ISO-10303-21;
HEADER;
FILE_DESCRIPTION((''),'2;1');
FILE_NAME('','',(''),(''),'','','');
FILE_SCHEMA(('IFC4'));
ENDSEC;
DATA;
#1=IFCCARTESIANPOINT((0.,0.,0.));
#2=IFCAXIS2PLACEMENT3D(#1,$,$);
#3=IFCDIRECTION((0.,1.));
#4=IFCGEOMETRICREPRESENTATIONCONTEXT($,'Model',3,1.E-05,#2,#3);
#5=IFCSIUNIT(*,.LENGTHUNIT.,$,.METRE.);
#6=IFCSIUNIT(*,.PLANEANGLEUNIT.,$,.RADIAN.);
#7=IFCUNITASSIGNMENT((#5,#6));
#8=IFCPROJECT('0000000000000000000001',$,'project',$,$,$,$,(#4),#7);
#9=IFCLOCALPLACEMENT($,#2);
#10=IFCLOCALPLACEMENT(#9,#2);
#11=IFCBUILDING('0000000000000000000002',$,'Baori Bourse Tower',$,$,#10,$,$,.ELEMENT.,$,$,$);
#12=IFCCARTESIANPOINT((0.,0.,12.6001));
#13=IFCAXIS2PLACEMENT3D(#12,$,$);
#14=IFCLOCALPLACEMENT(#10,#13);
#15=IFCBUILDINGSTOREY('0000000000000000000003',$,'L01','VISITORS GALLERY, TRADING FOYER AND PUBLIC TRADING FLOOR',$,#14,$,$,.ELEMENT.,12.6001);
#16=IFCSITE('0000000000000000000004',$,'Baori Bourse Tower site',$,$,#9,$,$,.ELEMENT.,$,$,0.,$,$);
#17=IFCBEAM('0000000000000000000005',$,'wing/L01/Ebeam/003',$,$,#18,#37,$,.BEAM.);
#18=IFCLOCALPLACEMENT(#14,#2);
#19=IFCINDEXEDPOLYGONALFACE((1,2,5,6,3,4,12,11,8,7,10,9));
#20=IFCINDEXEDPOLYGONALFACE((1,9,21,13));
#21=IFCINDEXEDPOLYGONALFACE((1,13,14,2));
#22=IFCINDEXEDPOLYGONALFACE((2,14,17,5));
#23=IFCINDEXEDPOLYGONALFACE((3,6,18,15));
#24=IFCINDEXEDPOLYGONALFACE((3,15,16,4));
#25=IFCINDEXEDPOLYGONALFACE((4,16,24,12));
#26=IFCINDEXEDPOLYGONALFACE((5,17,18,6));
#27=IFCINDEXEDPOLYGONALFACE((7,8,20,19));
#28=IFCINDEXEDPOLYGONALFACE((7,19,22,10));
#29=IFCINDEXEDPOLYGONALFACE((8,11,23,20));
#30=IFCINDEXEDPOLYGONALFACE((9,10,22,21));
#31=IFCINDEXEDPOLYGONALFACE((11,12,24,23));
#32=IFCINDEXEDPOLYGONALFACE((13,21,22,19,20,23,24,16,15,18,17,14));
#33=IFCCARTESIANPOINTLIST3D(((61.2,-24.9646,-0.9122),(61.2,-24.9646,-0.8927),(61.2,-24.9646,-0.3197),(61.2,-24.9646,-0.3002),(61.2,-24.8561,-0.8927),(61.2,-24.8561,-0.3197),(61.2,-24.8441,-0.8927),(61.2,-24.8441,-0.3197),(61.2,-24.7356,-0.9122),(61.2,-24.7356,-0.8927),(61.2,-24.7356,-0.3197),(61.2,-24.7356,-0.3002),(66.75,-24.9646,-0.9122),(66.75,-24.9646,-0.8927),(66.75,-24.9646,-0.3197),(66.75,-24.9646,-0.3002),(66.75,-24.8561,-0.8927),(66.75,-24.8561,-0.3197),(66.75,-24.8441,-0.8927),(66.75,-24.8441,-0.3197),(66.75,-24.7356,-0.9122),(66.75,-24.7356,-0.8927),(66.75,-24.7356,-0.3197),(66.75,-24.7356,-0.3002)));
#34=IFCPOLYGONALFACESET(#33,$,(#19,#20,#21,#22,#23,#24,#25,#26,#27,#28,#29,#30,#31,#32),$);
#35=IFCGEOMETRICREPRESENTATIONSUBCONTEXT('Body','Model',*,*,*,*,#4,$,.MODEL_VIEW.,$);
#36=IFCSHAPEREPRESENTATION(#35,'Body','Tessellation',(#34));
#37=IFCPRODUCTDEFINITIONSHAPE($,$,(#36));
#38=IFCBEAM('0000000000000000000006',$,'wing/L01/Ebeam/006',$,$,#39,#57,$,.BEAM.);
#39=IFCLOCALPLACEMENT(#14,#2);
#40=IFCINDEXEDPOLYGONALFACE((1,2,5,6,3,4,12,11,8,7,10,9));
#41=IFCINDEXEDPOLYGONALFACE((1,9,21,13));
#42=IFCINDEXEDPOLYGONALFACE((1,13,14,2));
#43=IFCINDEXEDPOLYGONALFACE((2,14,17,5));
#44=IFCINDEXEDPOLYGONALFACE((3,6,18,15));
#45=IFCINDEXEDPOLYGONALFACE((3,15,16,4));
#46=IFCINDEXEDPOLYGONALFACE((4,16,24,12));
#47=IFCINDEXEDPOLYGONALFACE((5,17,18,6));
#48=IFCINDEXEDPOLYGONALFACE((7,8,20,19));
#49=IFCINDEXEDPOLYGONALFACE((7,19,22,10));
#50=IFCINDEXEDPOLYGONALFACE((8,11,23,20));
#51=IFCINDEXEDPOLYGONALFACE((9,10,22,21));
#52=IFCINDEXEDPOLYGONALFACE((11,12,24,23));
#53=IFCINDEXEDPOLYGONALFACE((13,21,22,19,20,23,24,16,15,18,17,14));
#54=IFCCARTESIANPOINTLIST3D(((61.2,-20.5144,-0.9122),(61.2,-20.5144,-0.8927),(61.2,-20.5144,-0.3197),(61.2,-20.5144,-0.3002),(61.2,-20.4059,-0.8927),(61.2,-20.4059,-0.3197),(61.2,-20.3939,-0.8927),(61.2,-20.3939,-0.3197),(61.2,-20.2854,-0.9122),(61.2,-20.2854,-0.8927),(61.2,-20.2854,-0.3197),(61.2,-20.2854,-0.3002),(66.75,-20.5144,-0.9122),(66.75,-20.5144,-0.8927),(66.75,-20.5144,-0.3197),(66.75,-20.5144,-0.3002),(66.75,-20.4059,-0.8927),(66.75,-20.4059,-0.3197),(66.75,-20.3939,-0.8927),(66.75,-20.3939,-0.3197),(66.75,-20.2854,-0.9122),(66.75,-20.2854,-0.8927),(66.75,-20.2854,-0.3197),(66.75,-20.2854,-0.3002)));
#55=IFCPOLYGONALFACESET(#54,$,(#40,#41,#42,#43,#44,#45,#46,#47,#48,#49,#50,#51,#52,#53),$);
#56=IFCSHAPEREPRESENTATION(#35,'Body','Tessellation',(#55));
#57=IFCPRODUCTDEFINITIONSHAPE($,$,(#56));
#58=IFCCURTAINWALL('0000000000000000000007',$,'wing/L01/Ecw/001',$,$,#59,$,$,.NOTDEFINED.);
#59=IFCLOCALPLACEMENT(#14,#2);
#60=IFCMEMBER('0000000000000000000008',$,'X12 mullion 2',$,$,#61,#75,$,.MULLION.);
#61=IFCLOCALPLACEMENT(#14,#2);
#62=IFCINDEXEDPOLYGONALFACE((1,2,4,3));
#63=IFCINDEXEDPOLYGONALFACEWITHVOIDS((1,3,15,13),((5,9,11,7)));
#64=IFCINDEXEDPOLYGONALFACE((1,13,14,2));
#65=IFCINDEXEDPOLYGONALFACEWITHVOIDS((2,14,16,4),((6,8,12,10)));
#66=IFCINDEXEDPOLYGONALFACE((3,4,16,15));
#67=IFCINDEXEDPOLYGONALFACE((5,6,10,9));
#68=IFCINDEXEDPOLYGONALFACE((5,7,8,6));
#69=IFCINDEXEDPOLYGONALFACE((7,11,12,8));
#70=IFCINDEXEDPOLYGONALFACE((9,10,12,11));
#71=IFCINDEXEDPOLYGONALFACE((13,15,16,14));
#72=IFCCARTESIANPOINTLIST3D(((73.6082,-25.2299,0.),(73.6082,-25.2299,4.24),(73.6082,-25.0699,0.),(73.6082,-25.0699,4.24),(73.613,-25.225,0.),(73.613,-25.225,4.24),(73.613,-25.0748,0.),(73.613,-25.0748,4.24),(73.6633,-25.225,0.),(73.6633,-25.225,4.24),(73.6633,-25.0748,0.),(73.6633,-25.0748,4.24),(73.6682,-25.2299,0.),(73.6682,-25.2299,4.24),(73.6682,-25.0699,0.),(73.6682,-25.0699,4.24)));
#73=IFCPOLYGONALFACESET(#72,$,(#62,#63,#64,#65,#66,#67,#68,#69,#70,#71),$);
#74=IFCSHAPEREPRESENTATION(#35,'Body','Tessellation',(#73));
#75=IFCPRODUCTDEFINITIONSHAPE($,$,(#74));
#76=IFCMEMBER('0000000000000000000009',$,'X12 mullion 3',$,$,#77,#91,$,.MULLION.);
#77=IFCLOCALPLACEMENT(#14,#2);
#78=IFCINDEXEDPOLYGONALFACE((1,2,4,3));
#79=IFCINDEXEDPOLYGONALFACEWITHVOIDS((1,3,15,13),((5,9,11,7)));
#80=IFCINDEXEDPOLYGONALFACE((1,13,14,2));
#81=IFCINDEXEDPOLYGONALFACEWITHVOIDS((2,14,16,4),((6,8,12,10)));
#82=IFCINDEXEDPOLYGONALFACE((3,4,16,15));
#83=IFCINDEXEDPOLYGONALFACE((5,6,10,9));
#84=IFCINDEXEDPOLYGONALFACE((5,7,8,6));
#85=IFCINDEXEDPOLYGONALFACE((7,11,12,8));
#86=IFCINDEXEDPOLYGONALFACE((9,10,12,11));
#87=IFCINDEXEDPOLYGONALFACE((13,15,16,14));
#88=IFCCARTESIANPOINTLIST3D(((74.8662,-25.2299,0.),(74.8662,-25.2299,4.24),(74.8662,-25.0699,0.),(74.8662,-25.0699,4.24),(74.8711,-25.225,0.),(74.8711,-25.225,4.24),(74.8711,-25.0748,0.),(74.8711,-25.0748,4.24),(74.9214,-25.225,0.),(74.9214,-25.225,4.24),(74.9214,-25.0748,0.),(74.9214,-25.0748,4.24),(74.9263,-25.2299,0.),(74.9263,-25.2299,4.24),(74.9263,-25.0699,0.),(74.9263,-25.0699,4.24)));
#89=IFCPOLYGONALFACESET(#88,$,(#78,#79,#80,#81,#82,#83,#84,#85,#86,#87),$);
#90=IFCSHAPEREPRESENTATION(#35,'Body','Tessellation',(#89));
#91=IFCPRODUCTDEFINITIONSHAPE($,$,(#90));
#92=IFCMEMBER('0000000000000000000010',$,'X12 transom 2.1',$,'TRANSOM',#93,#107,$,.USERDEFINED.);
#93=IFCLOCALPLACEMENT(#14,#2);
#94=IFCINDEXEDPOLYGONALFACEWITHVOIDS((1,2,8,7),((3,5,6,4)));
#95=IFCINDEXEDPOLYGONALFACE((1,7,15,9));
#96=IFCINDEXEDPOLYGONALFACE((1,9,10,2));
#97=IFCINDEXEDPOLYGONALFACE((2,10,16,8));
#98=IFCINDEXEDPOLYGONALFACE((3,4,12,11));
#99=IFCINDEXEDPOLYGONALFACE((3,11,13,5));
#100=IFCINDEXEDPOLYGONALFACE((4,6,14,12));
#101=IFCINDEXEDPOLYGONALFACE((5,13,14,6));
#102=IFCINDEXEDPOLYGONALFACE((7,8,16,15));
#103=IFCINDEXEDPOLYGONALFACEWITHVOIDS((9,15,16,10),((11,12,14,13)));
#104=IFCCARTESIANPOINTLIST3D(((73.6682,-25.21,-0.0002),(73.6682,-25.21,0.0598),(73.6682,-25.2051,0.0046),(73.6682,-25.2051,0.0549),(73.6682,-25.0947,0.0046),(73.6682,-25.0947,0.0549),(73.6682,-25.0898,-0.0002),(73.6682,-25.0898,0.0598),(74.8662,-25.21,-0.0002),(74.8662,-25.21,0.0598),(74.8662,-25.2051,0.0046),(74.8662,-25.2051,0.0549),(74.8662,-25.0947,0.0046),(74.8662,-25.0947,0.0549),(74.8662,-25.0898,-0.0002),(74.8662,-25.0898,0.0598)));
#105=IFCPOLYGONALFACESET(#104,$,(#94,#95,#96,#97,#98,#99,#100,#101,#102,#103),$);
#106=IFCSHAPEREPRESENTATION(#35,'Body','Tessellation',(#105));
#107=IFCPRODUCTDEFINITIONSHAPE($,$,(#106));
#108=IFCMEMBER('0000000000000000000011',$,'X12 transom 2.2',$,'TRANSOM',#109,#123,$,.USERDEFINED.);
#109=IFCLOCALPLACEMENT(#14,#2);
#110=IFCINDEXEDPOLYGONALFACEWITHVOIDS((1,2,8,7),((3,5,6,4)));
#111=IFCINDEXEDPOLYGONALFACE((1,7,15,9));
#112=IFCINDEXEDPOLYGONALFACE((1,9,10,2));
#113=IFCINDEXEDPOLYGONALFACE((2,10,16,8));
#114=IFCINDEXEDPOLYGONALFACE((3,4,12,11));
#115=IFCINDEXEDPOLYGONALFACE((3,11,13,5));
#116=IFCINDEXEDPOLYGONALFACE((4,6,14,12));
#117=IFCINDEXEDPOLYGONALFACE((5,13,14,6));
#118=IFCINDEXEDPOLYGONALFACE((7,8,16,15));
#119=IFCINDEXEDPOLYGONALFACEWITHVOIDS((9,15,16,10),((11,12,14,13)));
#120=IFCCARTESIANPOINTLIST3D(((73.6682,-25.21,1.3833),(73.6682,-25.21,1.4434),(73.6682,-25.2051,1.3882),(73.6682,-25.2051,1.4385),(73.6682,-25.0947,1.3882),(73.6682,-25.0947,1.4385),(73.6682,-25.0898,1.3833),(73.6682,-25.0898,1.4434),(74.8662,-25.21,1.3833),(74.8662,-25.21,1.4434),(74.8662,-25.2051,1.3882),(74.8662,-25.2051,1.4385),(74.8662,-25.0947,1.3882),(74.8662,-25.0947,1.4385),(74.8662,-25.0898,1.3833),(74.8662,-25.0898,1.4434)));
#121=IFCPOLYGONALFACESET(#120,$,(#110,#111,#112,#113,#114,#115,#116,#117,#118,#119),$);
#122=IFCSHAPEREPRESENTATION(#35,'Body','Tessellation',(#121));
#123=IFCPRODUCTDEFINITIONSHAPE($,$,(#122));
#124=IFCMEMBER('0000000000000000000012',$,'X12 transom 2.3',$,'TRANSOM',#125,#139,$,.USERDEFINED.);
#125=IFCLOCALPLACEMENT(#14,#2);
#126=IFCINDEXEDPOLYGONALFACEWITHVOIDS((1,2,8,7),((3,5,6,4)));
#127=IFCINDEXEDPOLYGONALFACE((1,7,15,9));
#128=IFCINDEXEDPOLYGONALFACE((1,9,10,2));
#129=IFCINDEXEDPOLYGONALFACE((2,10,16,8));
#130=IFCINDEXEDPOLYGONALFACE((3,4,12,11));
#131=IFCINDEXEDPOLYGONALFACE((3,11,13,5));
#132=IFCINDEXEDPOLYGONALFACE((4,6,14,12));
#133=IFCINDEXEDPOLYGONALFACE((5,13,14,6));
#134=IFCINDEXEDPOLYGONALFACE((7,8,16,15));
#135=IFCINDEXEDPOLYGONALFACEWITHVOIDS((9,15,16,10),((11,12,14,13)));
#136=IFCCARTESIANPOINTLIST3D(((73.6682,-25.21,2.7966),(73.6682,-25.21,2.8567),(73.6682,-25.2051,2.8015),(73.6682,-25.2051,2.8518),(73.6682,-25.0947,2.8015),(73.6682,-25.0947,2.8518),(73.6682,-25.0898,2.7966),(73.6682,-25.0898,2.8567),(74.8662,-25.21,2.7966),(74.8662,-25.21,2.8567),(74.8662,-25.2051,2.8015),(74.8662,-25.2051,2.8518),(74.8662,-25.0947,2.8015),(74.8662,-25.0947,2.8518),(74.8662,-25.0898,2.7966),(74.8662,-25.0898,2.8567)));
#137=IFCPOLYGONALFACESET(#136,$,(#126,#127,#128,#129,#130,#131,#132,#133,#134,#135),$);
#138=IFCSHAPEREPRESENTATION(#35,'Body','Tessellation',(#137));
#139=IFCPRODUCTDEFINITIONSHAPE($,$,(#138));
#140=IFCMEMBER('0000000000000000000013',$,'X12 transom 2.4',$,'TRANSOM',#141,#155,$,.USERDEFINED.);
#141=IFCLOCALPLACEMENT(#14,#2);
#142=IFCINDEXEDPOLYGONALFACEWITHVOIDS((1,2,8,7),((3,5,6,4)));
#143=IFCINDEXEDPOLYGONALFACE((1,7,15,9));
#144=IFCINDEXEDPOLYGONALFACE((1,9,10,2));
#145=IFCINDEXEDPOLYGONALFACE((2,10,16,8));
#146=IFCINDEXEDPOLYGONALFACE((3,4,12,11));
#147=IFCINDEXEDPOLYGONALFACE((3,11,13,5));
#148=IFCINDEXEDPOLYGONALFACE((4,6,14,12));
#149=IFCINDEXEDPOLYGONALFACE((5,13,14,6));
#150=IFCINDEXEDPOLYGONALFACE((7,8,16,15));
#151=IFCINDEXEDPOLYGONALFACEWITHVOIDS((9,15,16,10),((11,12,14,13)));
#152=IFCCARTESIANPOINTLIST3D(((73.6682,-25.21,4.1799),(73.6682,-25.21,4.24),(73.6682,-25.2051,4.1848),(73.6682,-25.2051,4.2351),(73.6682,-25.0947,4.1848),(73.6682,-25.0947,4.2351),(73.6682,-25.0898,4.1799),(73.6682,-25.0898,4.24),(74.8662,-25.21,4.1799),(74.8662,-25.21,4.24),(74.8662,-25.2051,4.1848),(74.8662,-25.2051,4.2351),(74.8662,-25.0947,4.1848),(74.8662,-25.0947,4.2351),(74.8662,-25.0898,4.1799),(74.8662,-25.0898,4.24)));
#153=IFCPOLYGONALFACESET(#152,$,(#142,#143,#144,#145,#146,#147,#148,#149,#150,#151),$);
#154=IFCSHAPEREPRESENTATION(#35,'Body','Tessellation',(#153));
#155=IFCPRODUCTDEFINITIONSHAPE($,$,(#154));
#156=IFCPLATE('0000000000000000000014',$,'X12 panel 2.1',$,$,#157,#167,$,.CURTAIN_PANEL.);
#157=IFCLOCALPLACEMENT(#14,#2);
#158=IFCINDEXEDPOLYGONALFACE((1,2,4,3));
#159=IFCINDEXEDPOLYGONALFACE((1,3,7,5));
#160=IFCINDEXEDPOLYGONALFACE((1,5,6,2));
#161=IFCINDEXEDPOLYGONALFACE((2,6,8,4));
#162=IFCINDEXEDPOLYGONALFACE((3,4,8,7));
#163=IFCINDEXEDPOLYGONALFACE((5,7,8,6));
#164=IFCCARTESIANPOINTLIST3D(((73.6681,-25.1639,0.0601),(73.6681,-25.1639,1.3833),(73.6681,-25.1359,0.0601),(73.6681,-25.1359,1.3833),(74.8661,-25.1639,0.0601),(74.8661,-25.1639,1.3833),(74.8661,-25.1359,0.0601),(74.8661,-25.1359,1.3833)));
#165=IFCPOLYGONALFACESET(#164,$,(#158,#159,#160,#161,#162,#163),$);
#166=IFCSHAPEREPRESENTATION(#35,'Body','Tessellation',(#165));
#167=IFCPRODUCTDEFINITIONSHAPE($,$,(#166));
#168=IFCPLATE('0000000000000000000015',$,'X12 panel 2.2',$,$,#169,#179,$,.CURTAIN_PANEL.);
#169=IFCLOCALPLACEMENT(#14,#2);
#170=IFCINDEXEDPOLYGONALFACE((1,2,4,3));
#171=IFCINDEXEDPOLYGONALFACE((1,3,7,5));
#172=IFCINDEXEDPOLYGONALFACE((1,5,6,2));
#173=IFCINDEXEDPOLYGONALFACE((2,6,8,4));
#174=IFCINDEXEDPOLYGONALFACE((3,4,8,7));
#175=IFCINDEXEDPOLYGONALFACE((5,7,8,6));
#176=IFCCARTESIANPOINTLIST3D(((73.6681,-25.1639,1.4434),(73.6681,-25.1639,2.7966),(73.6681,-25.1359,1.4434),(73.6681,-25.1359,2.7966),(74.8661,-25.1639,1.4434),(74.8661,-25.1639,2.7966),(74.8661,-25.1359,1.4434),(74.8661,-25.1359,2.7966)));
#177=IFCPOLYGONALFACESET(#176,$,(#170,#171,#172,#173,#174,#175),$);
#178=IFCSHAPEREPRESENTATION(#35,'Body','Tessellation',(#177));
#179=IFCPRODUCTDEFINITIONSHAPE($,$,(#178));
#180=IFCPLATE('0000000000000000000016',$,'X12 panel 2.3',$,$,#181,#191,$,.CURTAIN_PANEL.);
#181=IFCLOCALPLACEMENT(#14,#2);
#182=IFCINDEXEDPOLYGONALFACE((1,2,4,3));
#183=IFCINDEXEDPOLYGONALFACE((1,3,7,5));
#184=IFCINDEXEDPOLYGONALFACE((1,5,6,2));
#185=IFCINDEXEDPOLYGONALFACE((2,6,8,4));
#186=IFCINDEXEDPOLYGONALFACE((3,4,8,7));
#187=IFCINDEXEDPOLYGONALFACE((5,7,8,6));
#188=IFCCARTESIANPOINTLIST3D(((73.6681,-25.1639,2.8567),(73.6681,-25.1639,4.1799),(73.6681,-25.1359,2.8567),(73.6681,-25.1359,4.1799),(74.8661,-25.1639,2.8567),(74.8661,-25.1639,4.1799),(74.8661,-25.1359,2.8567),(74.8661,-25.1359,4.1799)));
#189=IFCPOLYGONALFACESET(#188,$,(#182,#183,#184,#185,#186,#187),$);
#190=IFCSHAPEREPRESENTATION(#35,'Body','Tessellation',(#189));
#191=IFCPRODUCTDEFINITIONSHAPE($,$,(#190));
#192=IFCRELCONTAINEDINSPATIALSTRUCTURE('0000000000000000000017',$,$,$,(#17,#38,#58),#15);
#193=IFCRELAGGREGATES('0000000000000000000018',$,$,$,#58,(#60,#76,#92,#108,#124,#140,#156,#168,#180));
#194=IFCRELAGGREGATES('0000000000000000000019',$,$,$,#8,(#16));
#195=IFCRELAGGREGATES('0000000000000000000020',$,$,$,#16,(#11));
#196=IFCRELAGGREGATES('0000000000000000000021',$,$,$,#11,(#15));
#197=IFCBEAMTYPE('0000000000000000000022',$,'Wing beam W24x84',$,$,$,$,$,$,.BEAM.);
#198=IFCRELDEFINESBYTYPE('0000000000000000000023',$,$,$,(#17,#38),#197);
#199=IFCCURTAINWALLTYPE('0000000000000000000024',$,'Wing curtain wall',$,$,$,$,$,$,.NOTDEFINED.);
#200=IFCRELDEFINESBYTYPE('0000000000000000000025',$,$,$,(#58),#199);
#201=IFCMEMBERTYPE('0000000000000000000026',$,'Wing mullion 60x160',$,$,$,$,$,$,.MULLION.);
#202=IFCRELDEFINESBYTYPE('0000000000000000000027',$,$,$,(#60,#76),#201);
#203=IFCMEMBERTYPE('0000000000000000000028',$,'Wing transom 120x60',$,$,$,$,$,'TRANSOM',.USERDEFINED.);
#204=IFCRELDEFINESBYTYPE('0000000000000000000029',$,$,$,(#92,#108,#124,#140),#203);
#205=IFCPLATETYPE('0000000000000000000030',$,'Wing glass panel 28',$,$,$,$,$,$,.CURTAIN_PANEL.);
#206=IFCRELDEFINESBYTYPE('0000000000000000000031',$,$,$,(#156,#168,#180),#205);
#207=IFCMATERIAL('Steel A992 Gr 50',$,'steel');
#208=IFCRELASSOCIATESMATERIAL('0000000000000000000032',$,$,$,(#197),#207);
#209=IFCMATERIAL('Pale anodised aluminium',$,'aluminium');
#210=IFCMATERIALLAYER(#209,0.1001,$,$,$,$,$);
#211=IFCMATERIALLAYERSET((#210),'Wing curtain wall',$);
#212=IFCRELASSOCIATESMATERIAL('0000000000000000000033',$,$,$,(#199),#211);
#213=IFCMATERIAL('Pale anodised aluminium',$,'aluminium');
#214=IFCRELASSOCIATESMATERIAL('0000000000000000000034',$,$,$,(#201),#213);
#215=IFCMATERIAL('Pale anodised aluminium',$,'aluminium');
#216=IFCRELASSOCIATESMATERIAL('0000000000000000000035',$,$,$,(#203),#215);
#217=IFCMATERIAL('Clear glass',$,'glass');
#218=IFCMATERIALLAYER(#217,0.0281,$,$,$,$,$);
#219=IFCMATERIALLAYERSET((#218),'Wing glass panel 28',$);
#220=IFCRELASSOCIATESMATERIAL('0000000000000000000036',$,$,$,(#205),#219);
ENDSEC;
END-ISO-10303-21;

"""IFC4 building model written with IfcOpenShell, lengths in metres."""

from ifc_helpers import new_model, si_unit, direction, frame, origin, origin_2d, place, context, subcontext, project, spatial, rectangle, hollow_rectangle, i_section, extrude, material, layer, layer_set, material_profile, profile_set, type_object, element, aggregate, save


model = new_model("IFC4")

# Units and contexts
model_context = context("Model", 3, precision=1e-05, world=origin(), true_north=direction((0.0, 1.0)))
body_context = subcontext(model_context, "Body", "Model", "MODEL_VIEW")
ifc_project = project(units=[si_unit("LENGTHUNIT", "METRE"), si_unit("PLANEANGLEUNIT", "RADIAN")], contexts=[model_context])

# Site, building, storey
site_placement = place(None, origin())
site = spatial("IfcSite", under=ifc_project, at=site_placement, Name="Baori Bourse Tower site", CompositionType="ELEMENT", RefElevation=0.0)
building_placement = place(site_placement, origin())
building = spatial("IfcBuilding", under=site, at=building_placement, Name="Baori Bourse Tower", CompositionType="ELEMENT")
storey_placement = place(building_placement, frame((0.0, 0.0, 12.6001)))
storey = spatial("IfcBuildingStorey", under=building, at=storey_placement, Name="L01", Description="VISITORS GALLERY, TRADING FOYER AND PUBLIC TRADING FLOOR", CompositionType="ELEMENT", Elevation=12.6001)

# Beams
ifc_material_1 = material(Name="Steel A992 Gr 50", Category="steel")
ifc_material_profile_1 = material_profile(ifc_material_1, i_section(OverallWidth=0.229, OverallDepth=0.6121, WebThickness=0.012, FlangeThickness=0.0195, at=origin_2d()), Name="W24x84")
ifc_profile_set_1 = profile_set([ifc_material_profile_1], Name="Steel A992 Gr 50")
beam_type_1 = type_object("IfcBeamType", Name="Wing beam W24x84", PredefinedType="BEAM", material=ifc_profile_set_1)
for number, where, z_axis, x_axis, name in (
    (1, (66.75, -24.8501, -0.6062), (-1.0, 0.0, 0.0), (0.0, -1.0, 0.0), "wing/L01/Ebeam/003"),
    (2, (66.75, -20.3999, -0.6062), (-1.0, 0.0, 0.0), (0.0, -1.0, 0.0), "wing/L01/Ebeam/006"),
):
    element("IfcBeam", number, at=place(storey_placement, frame(where, z_axis=z_axis, x_axis=x_axis)), inside=storey, type_object=beam_type_1, Name=name, PredefinedType="BEAM", context=body_context, shape_type="SweptSolid", body=[
        extrude(i_section(OverallWidth=0.229, OverallDepth=0.6121, WebThickness=0.012, FlangeThickness=0.0195, at=origin_2d()), origin(), (0.0, 0.0, 1.0), 5.55),
    ])

# Curtain wall, members, plates
ifc_material_2 = material(Name="Pale anodised aluminium", Category="aluminium")
ifc_layer_1 = layer(ifc_material_2, 0.1001)
ifc_layer_set_1 = layer_set([ifc_layer_1], Name="Wing curtain wall")
curtain_wall_type = type_object("IfcCurtainWallType", Name="Wing curtain wall", PredefinedType="NOTDEFINED", material=ifc_layer_set_1)
curtain_wall_placement = place(storey_placement, origin())
curtain_wall = element("IfcCurtainWall", 3, at=curtain_wall_placement, inside=storey, type_object=curtain_wall_type, Name="wing/L01/Ecw/001", PredefinedType="NOTDEFINED")
ifc_material_3 = material(Name="Pale anodised aluminium", Category="aluminium")
ifc_material_profile_2 = material_profile(ifc_material_3, hollow_rectangle(XDim=0.1599, YDim=0.0601, WallThickness=0.0049, at=origin_2d()), Name="Mullion 160x60x5")
ifc_profile_set_2 = profile_set([ifc_material_profile_2], Name="Pale anodised aluminium")
member_type_1 = type_object("IfcMemberType", Name="Wing mullion 60x160", PredefinedType="MULLION", material=ifc_profile_set_2)
member_1_placement = place(storey_placement, frame((73.6382, -25.1499, 0.0), z_axis=(0.0, 0.0, 1.0), x_axis=(0.0, 1.0, 0.0)))
member_1 = element("IfcMember", 4, at=member_1_placement, type_object=member_type_1, Name="X12 mullion 2", PredefinedType="MULLION", context=body_context, shape_type="SweptSolid", body=[
    extrude(hollow_rectangle(XDim=0.1599, YDim=0.0601, WallThickness=0.0049, at=origin_2d()), origin(), (0.0, 0.0, 1.0), 4.24),
])
member_2_placement = place(storey_placement, frame((74.8962, -25.1499, 0.0), z_axis=(0.0, 0.0, 1.0), x_axis=(0.0, 1.0, 0.0)))
member_2 = element("IfcMember", 5, at=member_2_placement, type_object=member_type_1, Name="X12 mullion 3", PredefinedType="MULLION", context=body_context, shape_type="SweptSolid", body=[
    extrude(hollow_rectangle(XDim=0.1599, YDim=0.0601, WallThickness=0.0049, at=origin_2d()), origin(), (0.0, 0.0, 1.0), 4.24),
])
ifc_material_4 = material(Name="Pale anodised aluminium", Category="aluminium")
ifc_material_profile_3 = material_profile(ifc_material_4, hollow_rectangle(XDim=0.1201, YDim=0.0601, WallThickness=0.0049, at=origin_2d()), Name="Transom 120x60x5")
ifc_profile_set_3 = profile_set([ifc_material_profile_3], Name="Pale anodised aluminium")
member_type_2 = type_object("IfcMemberType", Name="Wing transom 120x60", ElementType="TRANSOM", PredefinedType="USERDEFINED", material=ifc_profile_set_3)
member_3_placement = place(storey_placement, frame((73.6682, -25.1499, 0.0298), z_axis=(1.0, 0.0, 0.0), x_axis=(0.0, 1.0, 0.0)))
member_3 = element("IfcMember", 6, at=member_3_placement, type_object=member_type_2, Name="X12 transom 2.1", ObjectType="TRANSOM", PredefinedType="USERDEFINED", context=body_context, shape_type="SweptSolid", body=[
    extrude(hollow_rectangle(XDim=0.1201, YDim=0.0601, WallThickness=0.0049, at=origin_2d()), origin(), (0.0, 0.0, 1.0), 1.198),
])
member_4_placement = place(storey_placement, frame((73.6682, -25.1499, 1.4133), z_axis=(1.0, 0.0, 0.0), x_axis=(0.0, 1.0, 0.0)))
member_4 = element("IfcMember", 7, at=member_4_placement, type_object=member_type_2, Name="X12 transom 2.2", ObjectType="TRANSOM", PredefinedType="USERDEFINED", context=body_context, shape_type="SweptSolid", body=[
    extrude(hollow_rectangle(XDim=0.1201, YDim=0.0601, WallThickness=0.0049, at=origin_2d()), origin(), (0.0, 0.0, 1.0), 1.198),
])
member_5_placement = place(storey_placement, frame((73.6682, -25.1499, 2.8267), z_axis=(1.0, 0.0, 0.0), x_axis=(0.0, 1.0, 0.0)))
member_5 = element("IfcMember", 8, at=member_5_placement, type_object=member_type_2, Name="X12 transom 2.3", ObjectType="TRANSOM", PredefinedType="USERDEFINED", context=body_context, shape_type="SweptSolid", body=[
    extrude(hollow_rectangle(XDim=0.1201, YDim=0.0601, WallThickness=0.0049, at=origin_2d()), origin(), (0.0, 0.0, 1.0), 1.198),
])
member_6_placement = place(storey_placement, frame((73.6682, -25.1499, 4.21), z_axis=(1.0, 0.0, 0.0), x_axis=(0.0, 1.0, 0.0)))
member_6 = element("IfcMember", 9, at=member_6_placement, type_object=member_type_2, Name="X12 transom 2.4", ObjectType="TRANSOM", PredefinedType="USERDEFINED", context=body_context, shape_type="SweptSolid", body=[
    extrude(hollow_rectangle(XDim=0.1201, YDim=0.0601, WallThickness=0.0049, at=origin_2d()), origin(), (0.0, 0.0, 1.0), 1.198),
])
ifc_material_5 = material(Name="Clear glass", Category="glass")
ifc_layer_2 = layer(ifc_material_5, 0.0281)
ifc_layer_set_2 = layer_set([ifc_layer_2], Name="Wing glass panel 28")
plate_type = type_object("IfcPlateType", Name="Wing glass panel 28", PredefinedType="CURTAIN_PANEL", material=ifc_layer_set_2)
plate_1_placement = place(storey_placement, frame((74.2671, -25.1499, 0.0601), z_axis=(0.0, 0.0, 1.0), x_axis=(1.0, 0.0, 0.0)))
plate_1 = element("IfcPlate", 10, at=plate_1_placement, type_object=plate_type, Name="X12 panel 2.1", PredefinedType="CURTAIN_PANEL", context=body_context, shape_type="SweptSolid", body=[
    extrude(rectangle(XDim=1.198, YDim=0.0281, at=origin_2d()), origin(), (0.0, 0.0, 1.0), 1.3232),
])
plate_2_placement = place(storey_placement, frame((74.2671, -25.1499, 1.4434), z_axis=(0.0, 0.0, 1.0), x_axis=(1.0, 0.0, 0.0)))
plate_2 = element("IfcPlate", 11, at=plate_2_placement, type_object=plate_type, Name="X12 panel 2.2", PredefinedType="CURTAIN_PANEL", context=body_context, shape_type="SweptSolid", body=[
    extrude(rectangle(XDim=1.198, YDim=0.0281, at=origin_2d()), origin(), (0.0, 0.0, 1.0), 1.3533),
])
plate_3_placement = place(storey_placement, frame((74.2671, -25.1499, 2.8567), z_axis=(0.0, 0.0, 1.0), x_axis=(1.0, 0.0, 0.0)))
plate_3 = element("IfcPlate", 12, at=plate_3_placement, type_object=plate_type, Name="X12 panel 2.3", PredefinedType="CURTAIN_PANEL", context=body_context, shape_type="SweptSolid", body=[
    extrude(rectangle(XDim=1.198, YDim=0.0281, at=origin_2d()), origin(), (0.0, 0.0, 1.0), 1.3232),
])
aggregate(curtain_wall, [member_1, member_2, member_3, member_4, member_5, member_6, plate_1, plate_2, plate_3])

save(model, "model.ifc")
